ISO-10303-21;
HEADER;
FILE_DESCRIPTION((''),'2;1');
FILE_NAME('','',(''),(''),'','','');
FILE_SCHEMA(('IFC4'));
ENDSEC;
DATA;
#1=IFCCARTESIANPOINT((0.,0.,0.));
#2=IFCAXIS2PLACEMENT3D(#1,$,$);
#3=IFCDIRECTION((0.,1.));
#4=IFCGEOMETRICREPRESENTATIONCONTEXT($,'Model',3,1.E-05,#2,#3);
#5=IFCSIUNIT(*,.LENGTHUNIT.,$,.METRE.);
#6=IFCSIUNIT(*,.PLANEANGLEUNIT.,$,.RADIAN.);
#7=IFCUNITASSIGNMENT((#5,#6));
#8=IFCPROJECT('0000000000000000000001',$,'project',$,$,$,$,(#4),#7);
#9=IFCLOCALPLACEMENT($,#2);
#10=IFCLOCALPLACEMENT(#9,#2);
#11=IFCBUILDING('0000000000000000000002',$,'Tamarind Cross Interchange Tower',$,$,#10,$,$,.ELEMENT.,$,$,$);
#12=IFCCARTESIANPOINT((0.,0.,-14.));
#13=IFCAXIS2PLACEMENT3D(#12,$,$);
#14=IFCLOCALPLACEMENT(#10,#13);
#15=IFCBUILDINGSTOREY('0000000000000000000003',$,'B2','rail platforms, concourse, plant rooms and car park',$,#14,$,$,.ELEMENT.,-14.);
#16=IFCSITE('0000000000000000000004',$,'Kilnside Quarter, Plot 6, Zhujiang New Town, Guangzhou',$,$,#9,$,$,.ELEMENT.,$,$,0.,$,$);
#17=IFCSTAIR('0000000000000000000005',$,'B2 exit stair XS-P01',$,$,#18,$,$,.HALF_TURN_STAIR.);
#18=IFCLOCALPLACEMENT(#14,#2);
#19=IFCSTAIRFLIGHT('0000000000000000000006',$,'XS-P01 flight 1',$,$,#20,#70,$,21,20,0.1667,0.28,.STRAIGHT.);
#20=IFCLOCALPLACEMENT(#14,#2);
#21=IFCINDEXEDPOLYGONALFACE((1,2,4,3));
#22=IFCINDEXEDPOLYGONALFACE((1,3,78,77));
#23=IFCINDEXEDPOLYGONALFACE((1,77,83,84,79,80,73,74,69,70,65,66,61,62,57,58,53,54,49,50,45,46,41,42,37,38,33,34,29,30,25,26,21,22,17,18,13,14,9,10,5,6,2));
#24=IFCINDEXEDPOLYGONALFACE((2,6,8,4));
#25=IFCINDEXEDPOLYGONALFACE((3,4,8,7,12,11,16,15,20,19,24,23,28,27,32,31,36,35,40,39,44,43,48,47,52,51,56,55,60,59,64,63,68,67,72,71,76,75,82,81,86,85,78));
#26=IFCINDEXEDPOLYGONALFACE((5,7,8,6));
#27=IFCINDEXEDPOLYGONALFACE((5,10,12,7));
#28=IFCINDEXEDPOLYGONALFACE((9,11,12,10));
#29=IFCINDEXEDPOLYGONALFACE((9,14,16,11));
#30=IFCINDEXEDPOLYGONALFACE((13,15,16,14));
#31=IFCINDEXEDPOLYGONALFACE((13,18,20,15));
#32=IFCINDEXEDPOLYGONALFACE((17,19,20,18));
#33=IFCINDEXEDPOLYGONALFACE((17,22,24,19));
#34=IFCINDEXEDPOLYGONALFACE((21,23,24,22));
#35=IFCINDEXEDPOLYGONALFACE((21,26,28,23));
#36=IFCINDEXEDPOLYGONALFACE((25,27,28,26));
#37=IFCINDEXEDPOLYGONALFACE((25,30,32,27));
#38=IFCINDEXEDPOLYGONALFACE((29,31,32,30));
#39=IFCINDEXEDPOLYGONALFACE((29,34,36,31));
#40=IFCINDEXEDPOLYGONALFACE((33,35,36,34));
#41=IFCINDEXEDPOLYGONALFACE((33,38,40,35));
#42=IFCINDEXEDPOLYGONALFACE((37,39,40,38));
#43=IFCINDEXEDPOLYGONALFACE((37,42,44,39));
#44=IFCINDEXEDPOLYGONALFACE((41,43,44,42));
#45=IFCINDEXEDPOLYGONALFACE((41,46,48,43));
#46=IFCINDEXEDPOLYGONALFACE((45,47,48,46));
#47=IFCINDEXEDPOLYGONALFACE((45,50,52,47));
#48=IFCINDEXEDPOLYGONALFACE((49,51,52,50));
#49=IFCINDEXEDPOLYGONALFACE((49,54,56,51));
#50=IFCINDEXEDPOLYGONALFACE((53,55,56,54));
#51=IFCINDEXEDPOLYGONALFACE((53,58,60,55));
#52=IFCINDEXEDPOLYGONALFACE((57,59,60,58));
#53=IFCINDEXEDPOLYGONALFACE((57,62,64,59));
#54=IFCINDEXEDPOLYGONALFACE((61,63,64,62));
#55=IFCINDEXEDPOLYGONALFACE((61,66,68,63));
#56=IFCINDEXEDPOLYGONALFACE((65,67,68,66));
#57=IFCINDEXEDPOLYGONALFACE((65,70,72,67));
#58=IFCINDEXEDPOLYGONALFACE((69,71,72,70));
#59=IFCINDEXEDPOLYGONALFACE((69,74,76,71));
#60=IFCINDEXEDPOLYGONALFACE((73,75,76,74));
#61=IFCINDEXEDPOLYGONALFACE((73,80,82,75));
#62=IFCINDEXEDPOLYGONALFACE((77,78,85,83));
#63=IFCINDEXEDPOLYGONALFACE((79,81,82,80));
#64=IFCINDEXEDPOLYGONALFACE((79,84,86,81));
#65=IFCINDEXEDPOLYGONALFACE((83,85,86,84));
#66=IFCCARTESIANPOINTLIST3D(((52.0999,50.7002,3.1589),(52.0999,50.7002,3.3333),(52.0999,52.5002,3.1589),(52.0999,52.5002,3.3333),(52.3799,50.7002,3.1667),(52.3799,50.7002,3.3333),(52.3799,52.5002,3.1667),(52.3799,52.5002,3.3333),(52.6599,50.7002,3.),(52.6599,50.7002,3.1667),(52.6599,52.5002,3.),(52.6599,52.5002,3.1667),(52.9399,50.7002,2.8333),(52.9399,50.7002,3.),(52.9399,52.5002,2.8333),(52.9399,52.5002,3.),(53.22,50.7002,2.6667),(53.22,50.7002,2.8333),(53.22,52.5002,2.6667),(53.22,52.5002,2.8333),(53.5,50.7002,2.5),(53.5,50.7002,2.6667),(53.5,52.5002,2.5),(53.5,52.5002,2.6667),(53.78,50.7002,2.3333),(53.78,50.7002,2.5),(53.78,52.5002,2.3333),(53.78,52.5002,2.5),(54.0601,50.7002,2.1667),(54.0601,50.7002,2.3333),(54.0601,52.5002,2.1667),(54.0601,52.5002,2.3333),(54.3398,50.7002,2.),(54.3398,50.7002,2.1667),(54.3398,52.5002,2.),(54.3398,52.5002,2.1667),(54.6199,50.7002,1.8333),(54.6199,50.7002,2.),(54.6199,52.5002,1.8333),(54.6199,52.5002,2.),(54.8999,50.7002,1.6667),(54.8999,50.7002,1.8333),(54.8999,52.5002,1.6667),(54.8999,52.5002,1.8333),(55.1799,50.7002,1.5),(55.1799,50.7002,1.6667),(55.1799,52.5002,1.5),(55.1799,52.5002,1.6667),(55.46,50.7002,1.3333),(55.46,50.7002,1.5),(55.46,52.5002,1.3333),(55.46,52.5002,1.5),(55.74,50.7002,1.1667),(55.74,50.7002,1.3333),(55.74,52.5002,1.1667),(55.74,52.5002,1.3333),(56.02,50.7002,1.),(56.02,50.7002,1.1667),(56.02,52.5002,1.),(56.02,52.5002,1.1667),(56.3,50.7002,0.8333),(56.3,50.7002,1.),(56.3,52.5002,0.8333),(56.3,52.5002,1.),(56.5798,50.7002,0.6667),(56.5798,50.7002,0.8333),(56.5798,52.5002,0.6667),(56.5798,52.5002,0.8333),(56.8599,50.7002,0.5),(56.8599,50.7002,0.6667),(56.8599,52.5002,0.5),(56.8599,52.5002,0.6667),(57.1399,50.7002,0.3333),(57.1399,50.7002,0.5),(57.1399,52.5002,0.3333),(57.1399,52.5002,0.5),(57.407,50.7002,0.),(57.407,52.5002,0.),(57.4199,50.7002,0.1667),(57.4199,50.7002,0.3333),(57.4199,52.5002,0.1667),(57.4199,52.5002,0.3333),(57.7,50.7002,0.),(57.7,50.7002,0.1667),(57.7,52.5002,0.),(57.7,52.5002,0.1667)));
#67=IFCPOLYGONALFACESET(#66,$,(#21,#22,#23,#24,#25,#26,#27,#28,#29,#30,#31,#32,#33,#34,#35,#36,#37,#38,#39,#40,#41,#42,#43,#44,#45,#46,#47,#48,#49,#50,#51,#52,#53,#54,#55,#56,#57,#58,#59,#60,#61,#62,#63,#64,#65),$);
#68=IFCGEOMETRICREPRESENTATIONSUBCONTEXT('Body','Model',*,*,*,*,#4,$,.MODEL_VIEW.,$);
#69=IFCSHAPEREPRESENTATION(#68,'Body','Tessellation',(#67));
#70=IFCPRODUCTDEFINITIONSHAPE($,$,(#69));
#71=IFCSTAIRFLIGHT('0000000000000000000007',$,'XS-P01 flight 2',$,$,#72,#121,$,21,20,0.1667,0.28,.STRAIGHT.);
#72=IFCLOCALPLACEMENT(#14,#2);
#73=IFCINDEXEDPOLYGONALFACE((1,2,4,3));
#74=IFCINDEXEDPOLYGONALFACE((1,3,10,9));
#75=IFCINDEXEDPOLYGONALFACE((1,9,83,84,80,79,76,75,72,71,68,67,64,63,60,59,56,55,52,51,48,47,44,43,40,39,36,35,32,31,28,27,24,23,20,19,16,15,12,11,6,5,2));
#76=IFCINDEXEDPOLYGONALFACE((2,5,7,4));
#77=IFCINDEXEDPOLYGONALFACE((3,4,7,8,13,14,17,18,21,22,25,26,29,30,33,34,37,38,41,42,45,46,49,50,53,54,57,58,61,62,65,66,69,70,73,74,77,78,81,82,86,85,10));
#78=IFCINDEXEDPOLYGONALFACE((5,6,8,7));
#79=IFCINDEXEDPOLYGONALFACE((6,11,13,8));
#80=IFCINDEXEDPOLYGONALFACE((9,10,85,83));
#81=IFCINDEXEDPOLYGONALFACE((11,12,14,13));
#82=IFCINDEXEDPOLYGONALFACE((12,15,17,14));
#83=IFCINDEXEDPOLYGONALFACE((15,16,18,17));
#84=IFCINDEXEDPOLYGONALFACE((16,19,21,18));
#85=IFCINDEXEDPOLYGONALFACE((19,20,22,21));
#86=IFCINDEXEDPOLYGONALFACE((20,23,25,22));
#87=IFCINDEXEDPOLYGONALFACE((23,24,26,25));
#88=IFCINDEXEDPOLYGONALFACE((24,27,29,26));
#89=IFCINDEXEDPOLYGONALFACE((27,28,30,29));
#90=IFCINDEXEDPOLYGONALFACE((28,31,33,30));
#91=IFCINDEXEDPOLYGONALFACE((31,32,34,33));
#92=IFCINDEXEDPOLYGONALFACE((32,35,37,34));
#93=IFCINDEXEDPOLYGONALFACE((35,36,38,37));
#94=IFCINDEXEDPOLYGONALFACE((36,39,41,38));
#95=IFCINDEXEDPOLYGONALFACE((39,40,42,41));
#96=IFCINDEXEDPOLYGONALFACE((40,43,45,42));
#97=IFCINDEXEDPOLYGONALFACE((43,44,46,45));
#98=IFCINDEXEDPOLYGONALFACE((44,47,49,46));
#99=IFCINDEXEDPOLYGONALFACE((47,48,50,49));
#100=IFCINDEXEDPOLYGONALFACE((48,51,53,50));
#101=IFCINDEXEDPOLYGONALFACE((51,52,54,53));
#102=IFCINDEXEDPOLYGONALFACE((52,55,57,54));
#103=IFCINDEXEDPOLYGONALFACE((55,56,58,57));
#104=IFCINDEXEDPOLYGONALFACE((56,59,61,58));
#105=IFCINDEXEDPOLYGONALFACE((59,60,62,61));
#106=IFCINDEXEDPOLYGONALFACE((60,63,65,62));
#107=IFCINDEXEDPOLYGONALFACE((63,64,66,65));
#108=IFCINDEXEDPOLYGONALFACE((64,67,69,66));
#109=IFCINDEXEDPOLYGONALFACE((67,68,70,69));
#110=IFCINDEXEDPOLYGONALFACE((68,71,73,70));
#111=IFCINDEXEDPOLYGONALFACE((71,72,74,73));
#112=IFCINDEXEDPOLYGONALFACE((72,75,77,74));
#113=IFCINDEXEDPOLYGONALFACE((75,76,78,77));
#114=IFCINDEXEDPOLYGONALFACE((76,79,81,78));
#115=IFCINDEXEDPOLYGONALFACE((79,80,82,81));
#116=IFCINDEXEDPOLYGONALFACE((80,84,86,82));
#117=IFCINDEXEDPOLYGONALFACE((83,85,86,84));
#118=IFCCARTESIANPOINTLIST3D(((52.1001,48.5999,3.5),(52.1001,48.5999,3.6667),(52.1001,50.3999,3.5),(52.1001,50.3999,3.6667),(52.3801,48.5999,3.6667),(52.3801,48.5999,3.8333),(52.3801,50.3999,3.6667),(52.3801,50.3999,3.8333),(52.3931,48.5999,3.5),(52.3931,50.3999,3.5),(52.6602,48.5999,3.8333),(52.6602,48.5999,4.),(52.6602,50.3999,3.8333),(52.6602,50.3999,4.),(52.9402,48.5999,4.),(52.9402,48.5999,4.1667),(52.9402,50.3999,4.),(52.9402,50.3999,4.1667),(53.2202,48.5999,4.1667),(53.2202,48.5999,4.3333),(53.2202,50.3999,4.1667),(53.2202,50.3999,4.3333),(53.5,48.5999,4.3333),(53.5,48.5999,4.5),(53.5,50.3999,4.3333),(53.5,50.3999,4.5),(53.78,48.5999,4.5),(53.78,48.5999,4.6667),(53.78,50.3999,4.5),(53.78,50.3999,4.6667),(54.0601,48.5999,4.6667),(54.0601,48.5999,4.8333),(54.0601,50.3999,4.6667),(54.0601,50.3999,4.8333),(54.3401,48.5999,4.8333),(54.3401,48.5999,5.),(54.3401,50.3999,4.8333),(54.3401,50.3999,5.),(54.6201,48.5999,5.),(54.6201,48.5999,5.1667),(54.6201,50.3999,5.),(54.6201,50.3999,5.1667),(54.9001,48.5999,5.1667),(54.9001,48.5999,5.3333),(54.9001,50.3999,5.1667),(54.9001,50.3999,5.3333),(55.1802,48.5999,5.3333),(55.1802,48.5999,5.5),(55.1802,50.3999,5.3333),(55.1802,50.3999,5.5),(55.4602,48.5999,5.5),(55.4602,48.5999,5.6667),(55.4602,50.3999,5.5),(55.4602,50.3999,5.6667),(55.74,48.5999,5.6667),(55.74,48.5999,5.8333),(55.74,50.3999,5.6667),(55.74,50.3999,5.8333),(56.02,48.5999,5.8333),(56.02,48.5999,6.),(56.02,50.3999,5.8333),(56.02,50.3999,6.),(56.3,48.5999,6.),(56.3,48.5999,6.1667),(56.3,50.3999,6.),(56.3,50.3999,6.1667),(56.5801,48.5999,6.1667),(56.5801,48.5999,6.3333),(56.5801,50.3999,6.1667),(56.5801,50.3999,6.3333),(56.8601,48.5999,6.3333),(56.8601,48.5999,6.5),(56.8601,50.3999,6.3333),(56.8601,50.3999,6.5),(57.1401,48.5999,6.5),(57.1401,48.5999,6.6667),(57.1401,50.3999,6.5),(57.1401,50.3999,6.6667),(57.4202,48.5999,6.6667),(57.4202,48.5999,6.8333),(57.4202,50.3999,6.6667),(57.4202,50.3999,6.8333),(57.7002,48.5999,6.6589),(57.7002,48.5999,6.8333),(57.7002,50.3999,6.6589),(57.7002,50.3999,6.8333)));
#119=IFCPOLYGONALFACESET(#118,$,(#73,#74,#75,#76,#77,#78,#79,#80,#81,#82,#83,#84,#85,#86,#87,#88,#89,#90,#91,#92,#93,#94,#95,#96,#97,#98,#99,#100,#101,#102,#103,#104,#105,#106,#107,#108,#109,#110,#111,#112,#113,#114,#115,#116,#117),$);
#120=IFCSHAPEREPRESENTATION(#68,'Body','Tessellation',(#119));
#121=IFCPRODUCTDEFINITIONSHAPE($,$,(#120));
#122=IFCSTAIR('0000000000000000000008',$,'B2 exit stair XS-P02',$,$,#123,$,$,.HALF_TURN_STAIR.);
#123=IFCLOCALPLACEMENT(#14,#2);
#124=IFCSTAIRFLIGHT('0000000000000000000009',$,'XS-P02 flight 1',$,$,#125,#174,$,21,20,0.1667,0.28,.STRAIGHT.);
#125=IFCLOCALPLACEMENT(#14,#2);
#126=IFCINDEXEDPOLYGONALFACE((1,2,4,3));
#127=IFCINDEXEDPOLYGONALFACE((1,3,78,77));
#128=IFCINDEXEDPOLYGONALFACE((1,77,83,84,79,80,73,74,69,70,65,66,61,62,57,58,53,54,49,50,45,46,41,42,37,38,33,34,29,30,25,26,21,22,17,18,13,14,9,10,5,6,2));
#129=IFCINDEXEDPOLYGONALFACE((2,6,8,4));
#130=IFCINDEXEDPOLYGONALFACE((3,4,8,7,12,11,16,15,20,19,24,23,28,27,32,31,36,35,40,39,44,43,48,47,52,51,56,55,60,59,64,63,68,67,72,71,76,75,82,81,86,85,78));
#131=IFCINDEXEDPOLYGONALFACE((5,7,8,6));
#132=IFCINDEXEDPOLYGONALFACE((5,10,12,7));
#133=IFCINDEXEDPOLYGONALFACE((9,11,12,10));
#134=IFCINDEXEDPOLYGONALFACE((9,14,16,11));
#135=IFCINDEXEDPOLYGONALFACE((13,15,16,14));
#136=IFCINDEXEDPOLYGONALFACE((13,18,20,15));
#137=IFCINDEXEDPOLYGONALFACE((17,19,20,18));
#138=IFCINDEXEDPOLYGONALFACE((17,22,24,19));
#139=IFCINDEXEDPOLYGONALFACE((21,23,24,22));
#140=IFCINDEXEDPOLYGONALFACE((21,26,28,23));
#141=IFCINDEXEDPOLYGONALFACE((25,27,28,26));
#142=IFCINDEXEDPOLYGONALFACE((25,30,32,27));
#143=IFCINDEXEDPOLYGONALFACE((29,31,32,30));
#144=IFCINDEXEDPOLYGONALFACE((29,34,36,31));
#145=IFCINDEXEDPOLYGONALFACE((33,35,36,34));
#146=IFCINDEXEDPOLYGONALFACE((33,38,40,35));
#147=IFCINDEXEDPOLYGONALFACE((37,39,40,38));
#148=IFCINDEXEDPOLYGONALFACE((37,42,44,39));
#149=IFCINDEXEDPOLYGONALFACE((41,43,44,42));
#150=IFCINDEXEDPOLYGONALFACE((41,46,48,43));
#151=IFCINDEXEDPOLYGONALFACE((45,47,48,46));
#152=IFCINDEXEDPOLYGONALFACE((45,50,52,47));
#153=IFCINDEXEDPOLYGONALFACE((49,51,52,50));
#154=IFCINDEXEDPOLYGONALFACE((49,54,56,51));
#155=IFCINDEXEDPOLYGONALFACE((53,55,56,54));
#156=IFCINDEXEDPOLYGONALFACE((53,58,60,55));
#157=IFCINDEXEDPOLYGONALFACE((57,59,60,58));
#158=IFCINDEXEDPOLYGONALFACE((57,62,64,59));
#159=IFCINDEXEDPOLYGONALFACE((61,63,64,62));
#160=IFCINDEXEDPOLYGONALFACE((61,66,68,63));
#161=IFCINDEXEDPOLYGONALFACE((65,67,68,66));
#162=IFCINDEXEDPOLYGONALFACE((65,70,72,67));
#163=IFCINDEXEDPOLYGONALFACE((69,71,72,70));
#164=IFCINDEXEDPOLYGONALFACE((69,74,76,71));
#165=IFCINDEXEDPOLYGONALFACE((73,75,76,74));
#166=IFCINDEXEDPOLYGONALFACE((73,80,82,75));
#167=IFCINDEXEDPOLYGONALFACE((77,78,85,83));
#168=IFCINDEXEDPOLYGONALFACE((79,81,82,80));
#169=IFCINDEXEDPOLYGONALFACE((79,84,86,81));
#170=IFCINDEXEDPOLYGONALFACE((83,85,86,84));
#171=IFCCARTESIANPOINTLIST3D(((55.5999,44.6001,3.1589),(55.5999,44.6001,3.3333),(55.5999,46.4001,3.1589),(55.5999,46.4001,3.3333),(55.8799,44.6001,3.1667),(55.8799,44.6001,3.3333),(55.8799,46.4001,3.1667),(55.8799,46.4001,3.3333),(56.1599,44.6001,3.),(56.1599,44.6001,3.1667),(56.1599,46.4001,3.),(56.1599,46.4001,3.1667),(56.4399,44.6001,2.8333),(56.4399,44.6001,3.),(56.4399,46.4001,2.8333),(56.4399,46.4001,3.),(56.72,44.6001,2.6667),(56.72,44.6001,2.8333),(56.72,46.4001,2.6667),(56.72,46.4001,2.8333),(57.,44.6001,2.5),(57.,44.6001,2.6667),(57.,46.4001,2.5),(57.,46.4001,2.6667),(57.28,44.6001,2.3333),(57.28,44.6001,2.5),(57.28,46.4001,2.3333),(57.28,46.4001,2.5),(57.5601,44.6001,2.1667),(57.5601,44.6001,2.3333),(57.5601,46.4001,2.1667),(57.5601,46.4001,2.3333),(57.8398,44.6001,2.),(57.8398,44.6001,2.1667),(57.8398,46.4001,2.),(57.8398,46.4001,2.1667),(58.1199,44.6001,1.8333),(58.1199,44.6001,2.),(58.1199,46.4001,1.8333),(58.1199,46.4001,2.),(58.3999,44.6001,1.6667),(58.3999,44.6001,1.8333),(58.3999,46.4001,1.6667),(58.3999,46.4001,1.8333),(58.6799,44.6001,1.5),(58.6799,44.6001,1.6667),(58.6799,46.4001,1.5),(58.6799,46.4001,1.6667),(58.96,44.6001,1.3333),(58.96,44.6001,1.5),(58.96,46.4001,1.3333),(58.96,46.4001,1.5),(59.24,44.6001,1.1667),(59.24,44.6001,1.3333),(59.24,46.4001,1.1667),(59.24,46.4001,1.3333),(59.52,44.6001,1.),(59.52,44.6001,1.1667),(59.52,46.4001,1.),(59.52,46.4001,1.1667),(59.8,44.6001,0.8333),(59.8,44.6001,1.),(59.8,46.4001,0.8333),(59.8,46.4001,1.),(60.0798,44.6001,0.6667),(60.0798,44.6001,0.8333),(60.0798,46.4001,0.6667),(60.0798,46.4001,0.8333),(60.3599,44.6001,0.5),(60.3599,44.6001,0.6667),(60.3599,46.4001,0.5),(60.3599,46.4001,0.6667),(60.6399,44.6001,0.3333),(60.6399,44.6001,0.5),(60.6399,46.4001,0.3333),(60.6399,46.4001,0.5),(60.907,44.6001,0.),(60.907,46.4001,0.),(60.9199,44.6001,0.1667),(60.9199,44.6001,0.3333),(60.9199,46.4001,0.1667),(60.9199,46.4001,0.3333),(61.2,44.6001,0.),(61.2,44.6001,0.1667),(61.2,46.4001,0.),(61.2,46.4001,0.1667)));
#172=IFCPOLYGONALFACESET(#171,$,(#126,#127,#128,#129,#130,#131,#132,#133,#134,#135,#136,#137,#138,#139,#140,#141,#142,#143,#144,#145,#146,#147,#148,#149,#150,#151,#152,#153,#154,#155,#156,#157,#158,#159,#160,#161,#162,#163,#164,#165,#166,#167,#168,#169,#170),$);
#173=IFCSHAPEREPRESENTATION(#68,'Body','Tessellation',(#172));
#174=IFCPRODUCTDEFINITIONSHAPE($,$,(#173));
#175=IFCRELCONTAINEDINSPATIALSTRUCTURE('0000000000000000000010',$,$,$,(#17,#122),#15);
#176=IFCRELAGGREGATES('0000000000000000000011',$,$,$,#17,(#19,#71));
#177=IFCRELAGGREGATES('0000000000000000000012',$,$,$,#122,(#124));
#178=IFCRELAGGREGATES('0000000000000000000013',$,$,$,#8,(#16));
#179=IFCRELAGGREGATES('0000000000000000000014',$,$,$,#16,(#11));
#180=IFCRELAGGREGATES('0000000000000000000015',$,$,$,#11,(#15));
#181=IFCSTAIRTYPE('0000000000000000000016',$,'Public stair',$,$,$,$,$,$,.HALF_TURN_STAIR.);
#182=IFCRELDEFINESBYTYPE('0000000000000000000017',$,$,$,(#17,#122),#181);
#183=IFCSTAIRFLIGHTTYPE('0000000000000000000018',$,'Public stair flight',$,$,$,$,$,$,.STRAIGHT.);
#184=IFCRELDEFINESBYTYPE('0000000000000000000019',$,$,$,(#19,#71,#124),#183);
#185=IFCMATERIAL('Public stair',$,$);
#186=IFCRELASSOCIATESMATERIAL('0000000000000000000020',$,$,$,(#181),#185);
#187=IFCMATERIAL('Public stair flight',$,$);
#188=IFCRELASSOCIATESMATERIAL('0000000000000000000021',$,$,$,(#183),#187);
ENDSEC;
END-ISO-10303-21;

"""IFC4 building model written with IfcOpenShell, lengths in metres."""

from ifc_helpers import new_model, si_unit, direction, frame, origin, place, context, subcontext, project, spatial, polyline, outline, extrude, material, type_object, element, aggregate, save


model = new_model("IFC4")

# Units and contexts
model_context = context("Model", 3, precision=1e-05, world=origin(), true_north=direction((0.0, 1.0)))
body_context = subcontext(model_context, "Body", "Model", "MODEL_VIEW")
ifc_project = project(units=[si_unit("LENGTHUNIT", "METRE"), si_unit("PLANEANGLEUNIT", "RADIAN")], contexts=[model_context])

# Site, building, storey
site_placement = place(None, origin())
site = spatial("IfcSite", under=ifc_project, at=site_placement, Name="Kilnside Quarter, Plot 6, Zhujiang New Town, Guangzhou", CompositionType="ELEMENT", RefElevation=0.0)
building_placement = place(site_placement, origin())
building = spatial("IfcBuilding", under=site, at=building_placement, Name="Tamarind Cross Interchange Tower", CompositionType="ELEMENT")
storey_placement = place(building_placement, frame((0.0, 0.0, -14.0)))
storey = spatial("IfcBuildingStorey", under=building, at=storey_placement, Name="B2", Description="rail platforms, concourse, plant rooms and car park", CompositionType="ELEMENT", Elevation=-14.0)

# Stair, stair flights
ifc_material_1 = material(Name="Public stair")
stair_type = type_object("IfcStairType", Name="Public stair", PredefinedType="HALF_TURN_STAIR", material=ifc_material_1)
stair_1_placement = place(storey_placement, origin())
stair_1 = element("IfcStair", 1, at=stair_1_placement, inside=storey, type_object=stair_type, Name="B2 exit stair XS-P01", PredefinedType="HALF_TURN_STAIR")
ifc_material_2 = material(Name="Public stair flight")
stair_flight_type = type_object("IfcStairFlightType", Name="Public stair flight", PredefinedType="STRAIGHT", material=ifc_material_2)
stair_flight_1_placement = place(storey_placement, frame((57.7, 51.6001, 0.0), z_axis=(0.0, 0.0, 1.0), x_axis=(-1.0, 0.0, 0.0)))
stair_flight_1 = element("IfcStairFlight", 2, at=stair_flight_1_placement, type_object=stair_flight_type, Name="XS-P01 flight 1", NumberOfRisers=21, NumberOfTreads=20, PredefinedType="STRAIGHT", RiserHeight=0.1667, TreadLength=0.28, context=body_context, shape_type="SweptSolid", body=[
    extrude(outline(polyline([(0.0, 0.0), (0.0, 0.1667), (0.28, 0.1667), (0.28, 0.3333), (0.5601, 0.3333), (0.5601, 0.5), (0.8401, 0.5), (0.8401, 0.6667), (1.1201, 0.6667), (1.1201, 0.8333), (1.3999, 0.8333), (1.3999, 1.0), (1.6799, 1.0), (1.6799, 1.1667), (1.96, 1.1667), (1.96, 1.3333), (2.24, 1.3333), (2.24, 1.5), (2.52, 1.5), (2.52, 1.6667), (2.8, 1.6667), (2.8, 1.8333), (3.0801, 1.8333), (3.0801, 2.0), (3.3601, 2.0), (3.3601, 2.1667), (3.6399, 2.1667), (3.6399, 2.3333), (3.9199, 2.3333), (3.9199, 2.5), (4.2, 2.5), (4.2, 2.6667), (4.48, 2.6667), (4.48, 2.8333), (4.76, 2.8333), (4.76, 3.0), (5.04, 3.0), (5.04, 3.1667), (5.3201, 3.1667), (5.3201, 3.3333), (5.6001, 3.3333), (5.6001, 3.5), (5.6001, 3.1589), (0.293, 0.0), (0.0, 0.0)])), frame((0.0, 0.8999, 0.0), z_axis=(0.0, -1.0, 0.0), x_axis=(1.0, 0.0, 0.0)), (0.0, 0.0, 1.0), 1.8),
])
stair_flight_2_placement = place(storey_placement, frame((52.1001, 49.5, 3.5), z_axis=(0.0, 0.0, 1.0), x_axis=(1.0, 0.0, 0.0)))
stair_flight_2 = element("IfcStairFlight", 3, at=stair_flight_2_placement, type_object=stair_flight_type, Name="XS-P01 flight 2", NumberOfRisers=21, NumberOfTreads=20, PredefinedType="STRAIGHT", RiserHeight=0.1667, TreadLength=0.28, context=body_context, shape_type="SweptSolid", body=[
    extrude(outline(polyline([(0.0, 0.0), (0.0, 0.1667), (0.28, 0.1667), (0.28, 0.3333), (0.5601, 0.3333), (0.5601, 0.5), (0.8401, 0.5), (0.8401, 0.6667), (1.1201, 0.6667), (1.1201, 0.8333), (1.3999, 0.8333), (1.3999, 1.0), (1.6799, 1.0), (1.6799, 1.1667), (1.96, 1.1667), (1.96, 1.3333), (2.24, 1.3333), (2.24, 1.5), (2.52, 1.5), (2.52, 1.6667), (2.8, 1.6667), (2.8, 1.8333), (3.0801, 1.8333), (3.0801, 2.0), (3.3601, 2.0), (3.3601, 2.1667), (3.6399, 2.1667), (3.6399, 2.3333), (3.9199, 2.3333), (3.9199, 2.5), (4.2, 2.5), (4.2, 2.6667), (4.48, 2.6667), (4.48, 2.8333), (4.76, 2.8333), (4.76, 3.0), (5.04, 3.0), (5.04, 3.1667), (5.3201, 3.1667), (5.3201, 3.3333), (5.6001, 3.3333), (5.6001, 3.5), (5.6001, 3.1589), (0.293, 0.0), (0.0, 0.0)])), frame((0.0, 0.8999, 0.0), z_axis=(0.0, -1.0, 0.0), x_axis=(1.0, 0.0, 0.0)), (0.0, 0.0, 1.0), 1.8),
])
aggregate(stair_1, [stair_flight_1, stair_flight_2])

# Stair, stair flight
stair_2_placement = place(storey_placement, origin())
stair_2 = element("IfcStair", 4, at=stair_2_placement, inside=storey, type_object=stair_type, Name="B2 exit stair XS-P02", PredefinedType="HALF_TURN_STAIR")
stair_flight_3_placement = place(storey_placement, frame((61.2, 45.5, 0.0), z_axis=(0.0, 0.0, 1.0), x_axis=(-1.0, 0.0, 0.0)))
stair_flight_3 = element("IfcStairFlight", 5, at=stair_flight_3_placement, type_object=stair_flight_type, Name="XS-P02 flight 1", NumberOfRisers=21, NumberOfTreads=20, PredefinedType="STRAIGHT", RiserHeight=0.1667, TreadLength=0.28, context=body_context, shape_type="SweptSolid", body=[
    extrude(outline(polyline([(0.0, 0.0), (0.0, 0.1667), (0.28, 0.1667), (0.28, 0.3333), (0.5601, 0.3333), (0.5601, 0.5), (0.8401, 0.5), (0.8401, 0.6667), (1.1201, 0.6667), (1.1201, 0.8333), (1.3999, 0.8333), (1.3999, 1.0), (1.6799, 1.0), (1.6799, 1.1667), (1.96, 1.1667), (1.96, 1.3333), (2.24, 1.3333), (2.24, 1.5), (2.52, 1.5), (2.52, 1.6667), (2.8, 1.6667), (2.8, 1.8333), (3.0801, 1.8333), (3.0801, 2.0), (3.3601, 2.0), (3.3601, 2.1667), (3.6399, 2.1667), (3.6399, 2.3333), (3.9199, 2.3333), (3.9199, 2.5), (4.2, 2.5), (4.2, 2.6667), (4.48, 2.6667), (4.48, 2.8333), (4.76, 2.8333), (4.76, 3.0), (5.04, 3.0), (5.04, 3.1667), (5.3201, 3.1667), (5.3201, 3.3333), (5.6001, 3.3333), (5.6001, 3.5), (5.6001, 3.1589), (0.293, 0.0), (0.0, 0.0)])), frame((0.0, 0.8999, 0.0), z_axis=(0.0, -1.0, 0.0), x_axis=(1.0, 0.0, 0.0)), (0.0, 0.0, 1.0), 1.8),
])
aggregate(stair_2, [stair_flight_3])

save(model, "model.ifc")
